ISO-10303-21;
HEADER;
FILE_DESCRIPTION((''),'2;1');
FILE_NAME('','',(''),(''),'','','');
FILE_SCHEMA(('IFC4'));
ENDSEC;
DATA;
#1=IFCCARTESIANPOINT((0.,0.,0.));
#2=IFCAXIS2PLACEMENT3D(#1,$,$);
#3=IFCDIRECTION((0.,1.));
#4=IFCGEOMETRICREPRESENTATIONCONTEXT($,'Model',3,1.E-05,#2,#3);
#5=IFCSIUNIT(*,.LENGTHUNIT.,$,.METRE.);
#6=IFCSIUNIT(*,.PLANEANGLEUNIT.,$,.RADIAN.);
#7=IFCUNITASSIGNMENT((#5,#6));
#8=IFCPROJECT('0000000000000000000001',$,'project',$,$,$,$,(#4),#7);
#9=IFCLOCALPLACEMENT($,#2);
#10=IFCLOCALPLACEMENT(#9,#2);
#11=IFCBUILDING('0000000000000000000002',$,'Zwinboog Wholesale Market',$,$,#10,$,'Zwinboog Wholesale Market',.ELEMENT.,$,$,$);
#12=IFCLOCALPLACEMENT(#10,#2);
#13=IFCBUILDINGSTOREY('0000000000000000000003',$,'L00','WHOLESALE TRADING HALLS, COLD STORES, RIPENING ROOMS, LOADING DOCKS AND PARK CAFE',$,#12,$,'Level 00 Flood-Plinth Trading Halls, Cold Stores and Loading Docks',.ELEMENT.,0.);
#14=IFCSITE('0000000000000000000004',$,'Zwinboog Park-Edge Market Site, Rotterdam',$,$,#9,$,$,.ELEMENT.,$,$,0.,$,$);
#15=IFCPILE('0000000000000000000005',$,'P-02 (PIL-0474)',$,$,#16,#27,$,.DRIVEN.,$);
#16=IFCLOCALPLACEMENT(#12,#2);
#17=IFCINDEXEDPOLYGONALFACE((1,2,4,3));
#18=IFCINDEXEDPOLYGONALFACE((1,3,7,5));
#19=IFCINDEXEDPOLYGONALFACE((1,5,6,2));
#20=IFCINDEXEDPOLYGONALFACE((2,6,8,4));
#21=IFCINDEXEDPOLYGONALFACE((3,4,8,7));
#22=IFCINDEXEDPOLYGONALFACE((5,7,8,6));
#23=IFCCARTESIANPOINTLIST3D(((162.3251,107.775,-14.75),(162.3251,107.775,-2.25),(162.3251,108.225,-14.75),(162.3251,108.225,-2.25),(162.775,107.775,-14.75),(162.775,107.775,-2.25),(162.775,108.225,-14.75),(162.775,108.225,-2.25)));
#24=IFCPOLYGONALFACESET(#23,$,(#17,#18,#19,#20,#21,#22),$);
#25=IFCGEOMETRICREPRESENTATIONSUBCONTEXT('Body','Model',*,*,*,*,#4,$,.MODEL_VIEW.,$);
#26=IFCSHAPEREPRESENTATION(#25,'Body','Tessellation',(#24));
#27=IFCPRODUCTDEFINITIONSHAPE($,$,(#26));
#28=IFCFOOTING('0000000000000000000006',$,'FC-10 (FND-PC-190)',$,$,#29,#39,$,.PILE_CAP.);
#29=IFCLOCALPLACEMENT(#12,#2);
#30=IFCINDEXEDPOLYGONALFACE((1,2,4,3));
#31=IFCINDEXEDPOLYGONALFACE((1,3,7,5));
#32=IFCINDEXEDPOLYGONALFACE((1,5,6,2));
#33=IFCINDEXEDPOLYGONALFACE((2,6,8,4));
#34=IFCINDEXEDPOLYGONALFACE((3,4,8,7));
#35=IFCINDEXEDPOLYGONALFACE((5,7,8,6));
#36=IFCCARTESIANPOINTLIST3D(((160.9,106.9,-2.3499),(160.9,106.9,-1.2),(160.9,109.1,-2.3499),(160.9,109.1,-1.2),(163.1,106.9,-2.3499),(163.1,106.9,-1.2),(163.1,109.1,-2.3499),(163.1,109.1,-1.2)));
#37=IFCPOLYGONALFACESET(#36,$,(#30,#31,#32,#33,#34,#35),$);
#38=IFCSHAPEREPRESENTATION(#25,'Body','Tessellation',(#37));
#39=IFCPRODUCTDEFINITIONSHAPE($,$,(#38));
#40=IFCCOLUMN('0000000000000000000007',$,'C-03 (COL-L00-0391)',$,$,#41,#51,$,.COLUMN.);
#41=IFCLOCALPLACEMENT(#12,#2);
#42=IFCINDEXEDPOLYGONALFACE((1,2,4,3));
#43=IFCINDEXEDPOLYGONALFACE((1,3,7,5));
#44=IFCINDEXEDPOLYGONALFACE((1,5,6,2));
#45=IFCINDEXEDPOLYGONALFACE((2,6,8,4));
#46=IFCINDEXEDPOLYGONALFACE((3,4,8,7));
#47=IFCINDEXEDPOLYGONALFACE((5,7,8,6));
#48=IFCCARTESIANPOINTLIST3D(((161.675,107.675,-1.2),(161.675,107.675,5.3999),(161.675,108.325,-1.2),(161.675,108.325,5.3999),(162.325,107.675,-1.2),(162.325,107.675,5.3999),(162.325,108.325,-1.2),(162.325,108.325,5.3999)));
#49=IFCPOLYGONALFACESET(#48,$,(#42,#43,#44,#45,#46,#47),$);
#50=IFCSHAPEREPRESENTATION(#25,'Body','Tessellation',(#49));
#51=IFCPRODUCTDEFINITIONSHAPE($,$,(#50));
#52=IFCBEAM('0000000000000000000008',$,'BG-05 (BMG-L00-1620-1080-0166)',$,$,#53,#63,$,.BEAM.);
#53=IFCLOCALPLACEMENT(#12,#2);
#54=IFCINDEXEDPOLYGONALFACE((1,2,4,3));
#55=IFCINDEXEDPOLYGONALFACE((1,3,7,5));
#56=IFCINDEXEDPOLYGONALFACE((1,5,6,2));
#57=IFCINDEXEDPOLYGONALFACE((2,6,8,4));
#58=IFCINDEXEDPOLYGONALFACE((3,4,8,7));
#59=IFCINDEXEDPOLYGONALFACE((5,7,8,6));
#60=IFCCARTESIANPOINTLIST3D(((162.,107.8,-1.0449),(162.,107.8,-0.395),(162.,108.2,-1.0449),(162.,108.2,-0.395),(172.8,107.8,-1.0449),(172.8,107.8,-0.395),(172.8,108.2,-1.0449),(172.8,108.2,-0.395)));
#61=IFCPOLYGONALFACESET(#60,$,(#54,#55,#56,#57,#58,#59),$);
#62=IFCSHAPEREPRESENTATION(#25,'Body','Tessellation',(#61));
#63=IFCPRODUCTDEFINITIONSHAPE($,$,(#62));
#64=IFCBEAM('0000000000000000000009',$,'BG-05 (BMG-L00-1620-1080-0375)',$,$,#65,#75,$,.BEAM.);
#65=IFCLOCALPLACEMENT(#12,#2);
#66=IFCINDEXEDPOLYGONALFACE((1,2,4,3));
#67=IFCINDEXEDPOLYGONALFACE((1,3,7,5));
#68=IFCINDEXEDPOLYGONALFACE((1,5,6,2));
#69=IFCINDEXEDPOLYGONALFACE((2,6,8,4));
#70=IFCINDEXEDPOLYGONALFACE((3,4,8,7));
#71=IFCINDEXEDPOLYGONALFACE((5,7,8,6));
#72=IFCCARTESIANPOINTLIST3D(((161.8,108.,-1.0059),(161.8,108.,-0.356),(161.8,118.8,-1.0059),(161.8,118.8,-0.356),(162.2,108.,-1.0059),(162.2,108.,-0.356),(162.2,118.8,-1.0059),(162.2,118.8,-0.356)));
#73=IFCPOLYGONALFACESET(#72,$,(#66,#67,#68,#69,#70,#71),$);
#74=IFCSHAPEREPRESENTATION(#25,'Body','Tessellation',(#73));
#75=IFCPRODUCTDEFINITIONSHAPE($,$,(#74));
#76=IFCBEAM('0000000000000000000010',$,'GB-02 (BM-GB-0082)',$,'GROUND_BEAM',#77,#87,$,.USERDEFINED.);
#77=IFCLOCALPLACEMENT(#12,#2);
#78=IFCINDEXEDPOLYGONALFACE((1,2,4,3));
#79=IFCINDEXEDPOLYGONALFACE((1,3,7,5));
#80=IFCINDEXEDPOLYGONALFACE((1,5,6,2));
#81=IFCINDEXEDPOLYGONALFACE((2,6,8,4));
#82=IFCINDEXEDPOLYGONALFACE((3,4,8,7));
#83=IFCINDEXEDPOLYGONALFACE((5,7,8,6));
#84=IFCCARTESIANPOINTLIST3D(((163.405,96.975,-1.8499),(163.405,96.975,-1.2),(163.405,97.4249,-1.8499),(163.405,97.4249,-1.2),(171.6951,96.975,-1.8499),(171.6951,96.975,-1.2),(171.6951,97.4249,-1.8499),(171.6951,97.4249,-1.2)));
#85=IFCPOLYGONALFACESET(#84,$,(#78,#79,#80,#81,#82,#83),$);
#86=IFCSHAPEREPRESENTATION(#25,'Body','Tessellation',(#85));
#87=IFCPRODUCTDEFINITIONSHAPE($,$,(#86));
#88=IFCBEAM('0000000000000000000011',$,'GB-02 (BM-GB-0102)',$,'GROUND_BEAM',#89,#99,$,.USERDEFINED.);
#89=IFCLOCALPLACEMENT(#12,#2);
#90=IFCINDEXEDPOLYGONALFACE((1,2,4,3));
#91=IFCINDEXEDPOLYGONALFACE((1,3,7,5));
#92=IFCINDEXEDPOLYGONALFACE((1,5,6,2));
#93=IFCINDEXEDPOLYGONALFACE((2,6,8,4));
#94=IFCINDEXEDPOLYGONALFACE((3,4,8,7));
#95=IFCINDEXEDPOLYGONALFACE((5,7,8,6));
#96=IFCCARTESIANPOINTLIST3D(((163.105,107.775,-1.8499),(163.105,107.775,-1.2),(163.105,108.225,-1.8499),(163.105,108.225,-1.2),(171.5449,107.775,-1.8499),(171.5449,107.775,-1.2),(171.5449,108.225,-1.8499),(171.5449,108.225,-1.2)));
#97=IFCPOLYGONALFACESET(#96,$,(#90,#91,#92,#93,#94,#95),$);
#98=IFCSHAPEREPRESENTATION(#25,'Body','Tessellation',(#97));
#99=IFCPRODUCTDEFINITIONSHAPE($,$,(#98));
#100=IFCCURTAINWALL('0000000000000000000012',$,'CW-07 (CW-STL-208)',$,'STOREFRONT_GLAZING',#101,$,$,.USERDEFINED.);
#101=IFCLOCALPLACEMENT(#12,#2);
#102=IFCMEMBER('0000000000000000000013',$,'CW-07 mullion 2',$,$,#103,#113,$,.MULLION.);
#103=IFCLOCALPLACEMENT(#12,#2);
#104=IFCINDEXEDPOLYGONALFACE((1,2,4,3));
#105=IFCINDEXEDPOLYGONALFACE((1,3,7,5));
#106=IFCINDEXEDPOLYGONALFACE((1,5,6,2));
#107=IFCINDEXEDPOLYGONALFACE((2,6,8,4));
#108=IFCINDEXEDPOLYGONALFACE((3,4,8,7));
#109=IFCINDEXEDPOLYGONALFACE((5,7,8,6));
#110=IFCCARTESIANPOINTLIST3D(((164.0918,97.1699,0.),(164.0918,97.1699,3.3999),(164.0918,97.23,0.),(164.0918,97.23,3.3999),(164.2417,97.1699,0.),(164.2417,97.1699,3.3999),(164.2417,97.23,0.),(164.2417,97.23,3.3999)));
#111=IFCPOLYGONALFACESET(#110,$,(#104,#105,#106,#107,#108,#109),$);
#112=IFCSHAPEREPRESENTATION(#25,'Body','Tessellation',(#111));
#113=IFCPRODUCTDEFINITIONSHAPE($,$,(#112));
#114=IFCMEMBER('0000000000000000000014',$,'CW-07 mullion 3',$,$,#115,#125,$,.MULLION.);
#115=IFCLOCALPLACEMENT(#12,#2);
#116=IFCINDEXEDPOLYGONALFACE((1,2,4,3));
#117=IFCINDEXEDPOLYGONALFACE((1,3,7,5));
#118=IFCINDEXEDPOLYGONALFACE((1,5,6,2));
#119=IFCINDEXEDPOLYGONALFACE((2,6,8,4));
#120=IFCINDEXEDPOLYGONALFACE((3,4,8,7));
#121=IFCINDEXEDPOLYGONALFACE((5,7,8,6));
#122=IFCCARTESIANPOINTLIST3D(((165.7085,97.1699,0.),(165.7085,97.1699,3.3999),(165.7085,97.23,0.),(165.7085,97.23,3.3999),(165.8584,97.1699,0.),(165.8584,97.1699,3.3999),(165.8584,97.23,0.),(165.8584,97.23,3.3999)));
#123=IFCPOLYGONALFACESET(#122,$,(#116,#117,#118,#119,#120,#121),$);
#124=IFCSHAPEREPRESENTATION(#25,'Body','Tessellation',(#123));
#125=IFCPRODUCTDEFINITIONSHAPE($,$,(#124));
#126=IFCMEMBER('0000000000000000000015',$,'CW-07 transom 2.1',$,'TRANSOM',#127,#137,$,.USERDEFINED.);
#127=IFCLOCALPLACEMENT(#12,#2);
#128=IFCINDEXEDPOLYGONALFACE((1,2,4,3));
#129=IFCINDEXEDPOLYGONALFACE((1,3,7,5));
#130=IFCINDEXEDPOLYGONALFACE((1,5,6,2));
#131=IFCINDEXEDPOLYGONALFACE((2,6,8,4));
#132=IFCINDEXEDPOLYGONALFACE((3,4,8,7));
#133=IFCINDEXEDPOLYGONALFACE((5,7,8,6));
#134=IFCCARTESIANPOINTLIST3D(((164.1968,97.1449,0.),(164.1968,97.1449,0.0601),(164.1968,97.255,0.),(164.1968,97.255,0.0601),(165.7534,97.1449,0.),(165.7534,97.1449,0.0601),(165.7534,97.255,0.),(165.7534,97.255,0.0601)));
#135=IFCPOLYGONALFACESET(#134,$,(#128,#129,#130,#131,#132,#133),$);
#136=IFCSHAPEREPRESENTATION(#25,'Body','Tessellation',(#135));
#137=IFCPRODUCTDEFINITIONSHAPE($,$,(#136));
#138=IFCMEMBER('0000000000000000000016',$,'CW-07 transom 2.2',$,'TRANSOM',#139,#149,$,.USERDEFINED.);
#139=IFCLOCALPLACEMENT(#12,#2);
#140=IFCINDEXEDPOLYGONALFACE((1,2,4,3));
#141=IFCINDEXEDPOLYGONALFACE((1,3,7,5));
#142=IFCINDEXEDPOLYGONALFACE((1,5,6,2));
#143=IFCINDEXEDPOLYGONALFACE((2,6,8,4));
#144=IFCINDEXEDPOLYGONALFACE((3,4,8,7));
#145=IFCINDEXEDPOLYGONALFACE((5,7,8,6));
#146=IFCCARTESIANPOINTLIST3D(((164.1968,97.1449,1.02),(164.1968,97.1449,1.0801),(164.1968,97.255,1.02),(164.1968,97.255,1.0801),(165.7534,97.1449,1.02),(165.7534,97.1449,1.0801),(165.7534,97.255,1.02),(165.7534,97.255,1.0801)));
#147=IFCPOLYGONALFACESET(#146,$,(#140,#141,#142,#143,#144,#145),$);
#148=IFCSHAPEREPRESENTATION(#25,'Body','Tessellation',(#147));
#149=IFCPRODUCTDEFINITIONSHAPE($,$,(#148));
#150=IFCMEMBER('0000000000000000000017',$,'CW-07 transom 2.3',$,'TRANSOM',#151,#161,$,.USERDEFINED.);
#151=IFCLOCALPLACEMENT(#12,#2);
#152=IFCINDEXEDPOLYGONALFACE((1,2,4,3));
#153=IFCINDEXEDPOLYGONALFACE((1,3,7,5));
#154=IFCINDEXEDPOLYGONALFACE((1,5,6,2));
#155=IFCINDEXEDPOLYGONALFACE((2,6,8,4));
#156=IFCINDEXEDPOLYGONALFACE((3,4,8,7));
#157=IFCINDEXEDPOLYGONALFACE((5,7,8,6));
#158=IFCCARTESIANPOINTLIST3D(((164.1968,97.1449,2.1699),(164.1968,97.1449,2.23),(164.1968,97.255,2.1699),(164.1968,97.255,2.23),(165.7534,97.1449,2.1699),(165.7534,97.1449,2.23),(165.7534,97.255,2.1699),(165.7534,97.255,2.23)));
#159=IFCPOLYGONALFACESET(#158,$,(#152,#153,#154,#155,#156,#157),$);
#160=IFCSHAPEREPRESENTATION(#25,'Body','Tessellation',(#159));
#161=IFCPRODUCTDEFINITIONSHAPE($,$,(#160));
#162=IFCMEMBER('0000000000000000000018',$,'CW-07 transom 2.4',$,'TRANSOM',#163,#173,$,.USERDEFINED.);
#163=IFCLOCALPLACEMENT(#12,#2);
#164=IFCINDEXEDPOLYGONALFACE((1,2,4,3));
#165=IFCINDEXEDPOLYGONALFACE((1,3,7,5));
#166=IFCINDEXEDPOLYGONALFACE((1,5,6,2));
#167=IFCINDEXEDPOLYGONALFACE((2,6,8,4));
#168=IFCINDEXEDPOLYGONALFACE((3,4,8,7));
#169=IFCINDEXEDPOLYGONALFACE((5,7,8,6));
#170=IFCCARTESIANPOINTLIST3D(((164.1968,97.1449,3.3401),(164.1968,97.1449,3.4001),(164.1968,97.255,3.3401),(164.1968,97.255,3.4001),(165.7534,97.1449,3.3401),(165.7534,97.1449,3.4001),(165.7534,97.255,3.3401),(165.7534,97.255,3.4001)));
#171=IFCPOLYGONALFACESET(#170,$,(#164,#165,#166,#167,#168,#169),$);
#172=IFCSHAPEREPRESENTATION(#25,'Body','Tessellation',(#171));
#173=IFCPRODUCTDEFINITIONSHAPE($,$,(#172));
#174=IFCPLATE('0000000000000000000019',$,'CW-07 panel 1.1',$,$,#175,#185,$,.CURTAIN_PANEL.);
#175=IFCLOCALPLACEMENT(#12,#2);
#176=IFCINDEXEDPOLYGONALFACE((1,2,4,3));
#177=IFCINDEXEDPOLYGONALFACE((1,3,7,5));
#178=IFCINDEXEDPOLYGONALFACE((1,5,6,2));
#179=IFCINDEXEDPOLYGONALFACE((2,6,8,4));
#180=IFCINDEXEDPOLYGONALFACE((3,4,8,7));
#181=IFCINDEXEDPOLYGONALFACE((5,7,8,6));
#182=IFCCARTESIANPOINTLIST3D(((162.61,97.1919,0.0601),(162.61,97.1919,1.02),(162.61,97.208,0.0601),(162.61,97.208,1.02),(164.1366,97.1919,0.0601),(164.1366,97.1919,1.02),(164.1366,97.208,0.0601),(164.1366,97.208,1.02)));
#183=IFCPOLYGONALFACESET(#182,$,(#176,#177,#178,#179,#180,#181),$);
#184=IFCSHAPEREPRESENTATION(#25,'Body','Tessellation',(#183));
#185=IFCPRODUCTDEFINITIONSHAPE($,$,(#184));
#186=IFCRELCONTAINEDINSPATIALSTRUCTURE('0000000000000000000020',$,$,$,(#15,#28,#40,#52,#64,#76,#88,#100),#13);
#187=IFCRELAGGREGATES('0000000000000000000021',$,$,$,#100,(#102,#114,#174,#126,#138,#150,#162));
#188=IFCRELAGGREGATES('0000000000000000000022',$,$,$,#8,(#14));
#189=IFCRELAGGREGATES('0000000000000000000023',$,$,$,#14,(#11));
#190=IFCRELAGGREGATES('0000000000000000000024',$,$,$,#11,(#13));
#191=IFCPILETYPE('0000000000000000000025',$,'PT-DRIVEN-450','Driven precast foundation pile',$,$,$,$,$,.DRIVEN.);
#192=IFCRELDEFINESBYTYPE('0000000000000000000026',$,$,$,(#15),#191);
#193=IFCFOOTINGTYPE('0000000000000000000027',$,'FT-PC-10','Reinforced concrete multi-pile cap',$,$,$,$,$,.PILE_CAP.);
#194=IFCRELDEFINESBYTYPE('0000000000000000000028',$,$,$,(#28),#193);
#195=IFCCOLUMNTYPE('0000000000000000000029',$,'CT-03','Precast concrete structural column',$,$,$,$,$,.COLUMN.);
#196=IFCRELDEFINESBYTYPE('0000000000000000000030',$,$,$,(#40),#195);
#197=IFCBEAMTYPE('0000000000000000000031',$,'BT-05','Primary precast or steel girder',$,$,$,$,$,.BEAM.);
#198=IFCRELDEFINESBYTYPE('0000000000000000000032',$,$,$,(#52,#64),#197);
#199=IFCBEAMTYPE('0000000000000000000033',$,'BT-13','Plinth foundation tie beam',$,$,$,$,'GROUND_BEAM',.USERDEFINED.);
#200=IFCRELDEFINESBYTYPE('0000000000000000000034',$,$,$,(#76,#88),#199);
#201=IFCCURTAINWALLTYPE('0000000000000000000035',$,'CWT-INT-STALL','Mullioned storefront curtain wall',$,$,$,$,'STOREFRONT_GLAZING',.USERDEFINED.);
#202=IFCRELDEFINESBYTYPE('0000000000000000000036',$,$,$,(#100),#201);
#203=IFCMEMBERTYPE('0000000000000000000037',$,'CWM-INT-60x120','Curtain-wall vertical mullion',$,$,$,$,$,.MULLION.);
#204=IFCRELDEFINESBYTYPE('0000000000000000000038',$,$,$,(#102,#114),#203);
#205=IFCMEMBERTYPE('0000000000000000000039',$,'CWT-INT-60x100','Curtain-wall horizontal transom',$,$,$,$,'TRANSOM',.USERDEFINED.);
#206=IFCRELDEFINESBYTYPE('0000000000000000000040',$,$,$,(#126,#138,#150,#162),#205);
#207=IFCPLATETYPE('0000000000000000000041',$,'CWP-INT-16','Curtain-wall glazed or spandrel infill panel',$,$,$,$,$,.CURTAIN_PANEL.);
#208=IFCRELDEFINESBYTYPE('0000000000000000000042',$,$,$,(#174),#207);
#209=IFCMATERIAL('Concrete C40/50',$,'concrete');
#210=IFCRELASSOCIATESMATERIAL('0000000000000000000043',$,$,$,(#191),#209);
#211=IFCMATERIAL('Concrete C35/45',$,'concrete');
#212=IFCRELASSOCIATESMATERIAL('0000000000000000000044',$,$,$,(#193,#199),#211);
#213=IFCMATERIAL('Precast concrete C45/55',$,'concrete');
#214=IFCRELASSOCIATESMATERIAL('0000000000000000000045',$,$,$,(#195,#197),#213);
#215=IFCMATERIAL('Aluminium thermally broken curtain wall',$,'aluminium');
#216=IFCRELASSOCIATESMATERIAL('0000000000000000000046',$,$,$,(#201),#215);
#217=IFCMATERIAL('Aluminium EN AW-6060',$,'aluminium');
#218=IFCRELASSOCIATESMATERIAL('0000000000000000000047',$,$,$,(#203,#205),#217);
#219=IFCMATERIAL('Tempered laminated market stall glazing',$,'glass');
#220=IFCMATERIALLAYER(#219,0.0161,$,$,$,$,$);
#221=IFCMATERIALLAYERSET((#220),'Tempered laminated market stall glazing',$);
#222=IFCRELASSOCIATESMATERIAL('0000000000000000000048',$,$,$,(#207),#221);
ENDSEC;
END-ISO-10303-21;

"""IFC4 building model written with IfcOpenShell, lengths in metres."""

from ifc_helpers import new_model, si_unit, direction, frame, origin, origin_2d, place, context, subcontext, project, spatial, rectangle, extrude, material, layer, layer_set, material_profile, profile_set, type_object, element, aggregate, save


model = new_model("IFC4")

# Units and contexts
model_context = context("Model", 3, precision=1e-05, world=origin(), true_north=direction((0.0, 1.0)))
body_context = subcontext(model_context, "Body", "Model", "MODEL_VIEW")
ifc_project = project(units=[si_unit("LENGTHUNIT", "METRE"), si_unit("PLANEANGLEUNIT", "RADIAN")], contexts=[model_context])

# Site, building, storey
site_placement = place(None, origin())
site = spatial("IfcSite", under=ifc_project, at=site_placement, Name="Zwinboog Park-Edge Market Site, Rotterdam", CompositionType="ELEMENT", RefElevation=0.0)
building_placement = place(site_placement, origin())
building = spatial("IfcBuilding", under=site, at=building_placement, Name="Zwinboog Wholesale Market", LongName="Zwinboog Wholesale Market", CompositionType="ELEMENT")
storey_placement = place(building_placement, origin())
storey = spatial("IfcBuildingStorey", under=building, at=storey_placement, Name="L00", Description="WHOLESALE TRADING HALLS, COLD STORES, RIPENING ROOMS, LOADING DOCKS AND PARK CAFE", LongName="Level 00 Flood-Plinth Trading Halls, Cold Stores and Loading Docks", CompositionType="ELEMENT", Elevation=0.0)

# Pile
ifc_material_1 = material(Name="Concrete C40/50", Category="concrete")
ifc_material_profile_1 = material_profile(ifc_material_1, rectangle(XDim=0.45, YDim=0.45, at=origin_2d()), Name="PILE SQ450")
ifc_profile_set_1 = profile_set([ifc_material_profile_1], Name="Concrete C40/50")
pile_type = type_object("IfcPileType", Name="PT-DRIVEN-450", Description="Driven precast foundation pile", PredefinedType="DRIVEN", material=ifc_profile_set_1)
pile_placement = place(storey_placement, frame((162.55, 108.0, -2.25), z_axis=(0.0, 0.0, -1.0), x_axis=(1.0, 0.0, 0.0)))
element("IfcPile", 1, at=pile_placement, inside=storey, type_object=pile_type, Name="P-02 (PIL-0474)", PredefinedType="DRIVEN", context=body_context, shape_type="SweptSolid", body=[
    extrude(rectangle(XDim=0.45, YDim=0.45, at=origin_2d()), origin(), (0.0, 0.0, 1.0), 12.5),
])

# Footing
ifc_material_2 = material(Name="Concrete C35/45", Category="concrete")
footing_type = type_object("IfcFootingType", Name="FT-PC-10", Description="Reinforced concrete multi-pile cap", PredefinedType="PILE_CAP", material=ifc_material_2)
footing_placement = place(storey_placement, frame((162.0, 108.0, -2.3499), z_axis=(0.0, 0.0, 1.0), x_axis=(1.0, 0.0, 0.0)))
element("IfcFooting", 2, at=footing_placement, inside=storey, type_object=footing_type, Name="FC-10 (FND-PC-190)", PredefinedType="PILE_CAP", context=body_context, shape_type="SweptSolid", body=[
    extrude(rectangle(XDim=2.2, YDim=2.2, at=origin_2d()), origin(), (0.0, 0.0, 1.0), 1.1499),
])

# Column
ifc_material_3 = material(Name="Precast concrete C45/55", Category="concrete")
ifc_material_profile_2 = material_profile(ifc_material_3, rectangle(XDim=0.6499, YDim=0.6499, at=origin_2d()), Name="PC 650x650")
ifc_profile_set_2 = profile_set([ifc_material_profile_2], Name="Precast concrete C45/55")
column_type = type_object("IfcColumnType", Name="CT-03", Description="Precast concrete structural column", PredefinedType="COLUMN", material=ifc_profile_set_2)
column_placement = place(storey_placement, frame((162.0, 108.0, -1.2), z_axis=(0.0, 0.0, 1.0), x_axis=(1.0, 0.0, 0.0)))
element("IfcColumn", 3, at=column_placement, inside=storey, type_object=column_type, Name="C-03 (COL-L00-0391)", PredefinedType="COLUMN", context=body_context, shape_type="SweptSolid", body=[
    extrude(rectangle(XDim=0.6499, YDim=0.6499, at=origin_2d()), origin(), (0.0, 0.0, 1.0), 6.5999),
])

# Beams
ifc_material_profile_3 = material_profile(ifc_material_3, rectangle(XDim=0.3999, YDim=0.6499, at=origin_2d()), Name="PC 400x650")
ifc_profile_set_3 = profile_set([ifc_material_profile_3], Name="Precast concrete C45/55")
beam_type_1 = type_object("IfcBeamType", Name="BT-05", Description="Primary precast or steel girder", PredefinedType="BEAM", material=ifc_profile_set_3)
for number, where, z_axis, x_axis, name in (
    (4, (162.0, 108.0, -0.72), (1.0, 0.0, 0.0), (0.0, 1.0, 0.0), "BG-05 (BMG-L00-1620-1080-0166)"),
    (5, (162.0, 108.0, -0.6809), (0.0, 1.0, 0.0), (-1.0, 0.0, 0.0), "BG-05 (BMG-L00-1620-1080-0375)"),
):
    element("IfcBeam", number, at=place(storey_placement, frame(where, z_axis=z_axis, x_axis=x_axis)), inside=storey, type_object=beam_type_1, Name=name, PredefinedType="BEAM", context=body_context, shape_type="SweptSolid", body=[
        extrude(rectangle(XDim=0.3999, YDim=0.6499, at=origin_2d()), origin(), (0.0, 0.0, 1.0), 10.8),
    ])
ifc_material_profile_4 = material_profile(ifc_material_2, rectangle(XDim=0.45, YDim=0.6499, at=origin_2d()), Name="RC 450x650")
ifc_profile_set_4 = profile_set([ifc_material_profile_4], Name="Concrete C35/45")
beam_type_2 = type_object("IfcBeamType", Name="BT-13", Description="Plinth foundation tie beam", ElementType="GROUND_BEAM", PredefinedType="USERDEFINED", material=ifc_profile_set_4)
beam_1_placement = place(storey_placement, frame((163.405, 97.2, -1.5249), z_axis=(1.0, 0.0, 0.0), x_axis=(0.0, 1.0, 0.0)))
element("IfcBeam", 6, at=beam_1_placement, inside=storey, type_object=beam_type_2, Name="GB-02 (BM-GB-0082)", ObjectType="GROUND_BEAM", PredefinedType="USERDEFINED", context=body_context, shape_type="SweptSolid", body=[
    extrude(rectangle(XDim=0.45, YDim=0.6499, at=origin_2d()), origin(), (0.0, 0.0, 1.0), 8.29),
])
beam_2_placement = place(storey_placement, frame((163.105, 108.0, -1.5249), z_axis=(1.0, 0.0, 0.0), x_axis=(0.0, 1.0, 0.0)))
element("IfcBeam", 7, at=beam_2_placement, inside=storey, type_object=beam_type_2, Name="GB-02 (BM-GB-0102)", ObjectType="GROUND_BEAM", PredefinedType="USERDEFINED", context=body_context, shape_type="SweptSolid", body=[
    extrude(rectangle(XDim=0.45, YDim=0.6499, at=origin_2d()), origin(), (0.0, 0.0, 1.0), 8.4399),
])

# Curtain wall, members, plate
ifc_material_4 = material(Name="Aluminium thermally broken curtain wall", Category="aluminium")
curtain_wall_type = type_object("IfcCurtainWallType", Name="CWT-INT-STALL", Description="Mullioned storefront curtain wall", ElementType="STOREFRONT_GLAZING", PredefinedType="USERDEFINED", material=ifc_material_4)
curtain_wall_placement = place(storey_placement, origin())
curtain_wall = element("IfcCurtainWall", 8, at=curtain_wall_placement, inside=storey, type_object=curtain_wall_type, Name="CW-07 (CW-STL-208)", ObjectType="STOREFRONT_GLAZING", PredefinedType="USERDEFINED")
ifc_material_5 = material(Name="Aluminium EN AW-6060", Category="aluminium")
ifc_material_profile_5 = material_profile(ifc_material_5, rectangle(XDim=0.0601, YDim=0.1499, at=origin_2d()), Name="AL 60x150")
ifc_profile_set_5 = profile_set([ifc_material_profile_5], Name="Aluminium EN AW-6060")
member_type_1 = type_object("IfcMemberType", Name="CWM-INT-60x120", Description="Curtain-wall vertical mullion", PredefinedType="MULLION", material=ifc_profile_set_5)
member_1_placement = place(storey_placement, frame((164.1667, 97.2, 0.0), z_axis=(0.0, 0.0, 1.0), x_axis=(0.0, 1.0, 0.0)))
member_1 = element("IfcMember", 9, at=member_1_placement, type_object=member_type_1, Name="CW-07 mullion 2", PredefinedType="MULLION", context=body_context, shape_type="SweptSolid", body=[
    extrude(rectangle(XDim=0.0601, YDim=0.1499, at=origin_2d()), origin(), (0.0, 0.0, 1.0), 3.3999),
])
member_2_placement = place(storey_placement, frame((165.7834, 97.2, 0.0), z_axis=(0.0, 0.0, 1.0), x_axis=(0.0, 1.0, 0.0)))
member_2 = element("IfcMember", 10, at=member_2_placement, type_object=member_type_1, Name="CW-07 mullion 3", PredefinedType="MULLION", context=body_context, shape_type="SweptSolid", body=[
    extrude(rectangle(XDim=0.0601, YDim=0.1499, at=origin_2d()), origin(), (0.0, 0.0, 1.0), 3.3999),
])
ifc_material_profile_6 = material_profile(ifc_material_5, rectangle(XDim=0.1101, YDim=0.0601, at=origin_2d()), Name="AL 60x110")
ifc_profile_set_6 = profile_set([ifc_material_profile_6], Name="Aluminium EN AW-6060")
member_type_2 = type_object("IfcMemberType", Name="CWT-INT-60x100", Description="Curtain-wall horizontal transom", ElementType="TRANSOM", PredefinedType="USERDEFINED", material=ifc_profile_set_6)
member_3_placement = place(storey_placement, frame((164.1968, 97.2, 0.03), z_axis=(1.0, 0.0, 0.0), x_axis=(0.0, 1.0, 0.0)))
member_3 = element("IfcMember", 11, at=member_3_placement, type_object=member_type_2, Name="CW-07 transom 2.1", ObjectType="TRANSOM", PredefinedType="USERDEFINED", context=body_context, shape_type="SweptSolid", body=[
    extrude(rectangle(XDim=0.1101, YDim=0.0601, at=origin_2d()), origin(), (0.0, 0.0, 1.0), 1.5566),
])
member_4_placement = place(storey_placement, frame((164.1968, 97.2, 1.05), z_axis=(1.0, 0.0, 0.0), x_axis=(0.0, 1.0, 0.0)))
member_4 = element("IfcMember", 12, at=member_4_placement, type_object=member_type_2, Name="CW-07 transom 2.2", ObjectType="TRANSOM", PredefinedType="USERDEFINED", context=body_context, shape_type="SweptSolid", body=[
    extrude(rectangle(XDim=0.1101, YDim=0.0601, at=origin_2d()), origin(), (0.0, 0.0, 1.0), 1.5566),
])
member_5_placement = place(storey_placement, frame((164.1968, 97.2, 2.2), z_axis=(1.0, 0.0, 0.0), x_axis=(0.0, 1.0, 0.0)))
member_5 = element("IfcMember", 13, at=member_5_placement, type_object=member_type_2, Name="CW-07 transom 2.3", ObjectType="TRANSOM", PredefinedType="USERDEFINED", context=body_context, shape_type="SweptSolid", body=[
    extrude(rectangle(XDim=0.1101, YDim=0.0601, at=origin_2d()), origin(), (0.0, 0.0, 1.0), 1.5566),
])
member_6_placement = place(storey_placement, frame((164.1968, 97.2, 3.3701), z_axis=(1.0, 0.0, 0.0), x_axis=(0.0, 1.0, 0.0)))
member_6 = element("IfcMember", 14, at=member_6_placement, type_object=member_type_2, Name="CW-07 transom 2.4", ObjectType="TRANSOM", PredefinedType="USERDEFINED", context=body_context, shape_type="SweptSolid", body=[
    extrude(rectangle(XDim=0.1101, YDim=0.0601, at=origin_2d()), origin(), (0.0, 0.0, 1.0), 1.5566),
])
ifc_material_6 = material(Name="Tempered laminated market stall glazing", Category="glass")
ifc_layer_1 = layer(ifc_material_6, 0.0161)
ifc_layer_set_1 = layer_set([ifc_layer_1], Name="Tempered laminated market stall glazing")
plate_type = type_object("IfcPlateType", Name="CWP-INT-16", Description="Curtain-wall glazed or spandrel infill panel", PredefinedType="CURTAIN_PANEL", material=ifc_layer_set_1)
plate_1_placement = place(storey_placement, frame((163.3733, 97.2, 0.0601), z_axis=(0.0, 0.0, 1.0), x_axis=(1.0, 0.0, 0.0)))
plate_1 = element("IfcPlate", 15, at=plate_1_placement, type_object=plate_type, Name="CW-07 panel 1.1", PredefinedType="CURTAIN_PANEL", context=body_context, shape_type="SweptSolid", body=[
    extrude(rectangle(XDim=1.5266, YDim=0.0161, at=origin_2d()), origin(), (0.0, 0.0, 1.0), 0.96),
])
aggregate(curtain_wall, [member_1, member_2, plate_1, member_3, member_4, member_5, member_6])

save(model, "model.ifc")
